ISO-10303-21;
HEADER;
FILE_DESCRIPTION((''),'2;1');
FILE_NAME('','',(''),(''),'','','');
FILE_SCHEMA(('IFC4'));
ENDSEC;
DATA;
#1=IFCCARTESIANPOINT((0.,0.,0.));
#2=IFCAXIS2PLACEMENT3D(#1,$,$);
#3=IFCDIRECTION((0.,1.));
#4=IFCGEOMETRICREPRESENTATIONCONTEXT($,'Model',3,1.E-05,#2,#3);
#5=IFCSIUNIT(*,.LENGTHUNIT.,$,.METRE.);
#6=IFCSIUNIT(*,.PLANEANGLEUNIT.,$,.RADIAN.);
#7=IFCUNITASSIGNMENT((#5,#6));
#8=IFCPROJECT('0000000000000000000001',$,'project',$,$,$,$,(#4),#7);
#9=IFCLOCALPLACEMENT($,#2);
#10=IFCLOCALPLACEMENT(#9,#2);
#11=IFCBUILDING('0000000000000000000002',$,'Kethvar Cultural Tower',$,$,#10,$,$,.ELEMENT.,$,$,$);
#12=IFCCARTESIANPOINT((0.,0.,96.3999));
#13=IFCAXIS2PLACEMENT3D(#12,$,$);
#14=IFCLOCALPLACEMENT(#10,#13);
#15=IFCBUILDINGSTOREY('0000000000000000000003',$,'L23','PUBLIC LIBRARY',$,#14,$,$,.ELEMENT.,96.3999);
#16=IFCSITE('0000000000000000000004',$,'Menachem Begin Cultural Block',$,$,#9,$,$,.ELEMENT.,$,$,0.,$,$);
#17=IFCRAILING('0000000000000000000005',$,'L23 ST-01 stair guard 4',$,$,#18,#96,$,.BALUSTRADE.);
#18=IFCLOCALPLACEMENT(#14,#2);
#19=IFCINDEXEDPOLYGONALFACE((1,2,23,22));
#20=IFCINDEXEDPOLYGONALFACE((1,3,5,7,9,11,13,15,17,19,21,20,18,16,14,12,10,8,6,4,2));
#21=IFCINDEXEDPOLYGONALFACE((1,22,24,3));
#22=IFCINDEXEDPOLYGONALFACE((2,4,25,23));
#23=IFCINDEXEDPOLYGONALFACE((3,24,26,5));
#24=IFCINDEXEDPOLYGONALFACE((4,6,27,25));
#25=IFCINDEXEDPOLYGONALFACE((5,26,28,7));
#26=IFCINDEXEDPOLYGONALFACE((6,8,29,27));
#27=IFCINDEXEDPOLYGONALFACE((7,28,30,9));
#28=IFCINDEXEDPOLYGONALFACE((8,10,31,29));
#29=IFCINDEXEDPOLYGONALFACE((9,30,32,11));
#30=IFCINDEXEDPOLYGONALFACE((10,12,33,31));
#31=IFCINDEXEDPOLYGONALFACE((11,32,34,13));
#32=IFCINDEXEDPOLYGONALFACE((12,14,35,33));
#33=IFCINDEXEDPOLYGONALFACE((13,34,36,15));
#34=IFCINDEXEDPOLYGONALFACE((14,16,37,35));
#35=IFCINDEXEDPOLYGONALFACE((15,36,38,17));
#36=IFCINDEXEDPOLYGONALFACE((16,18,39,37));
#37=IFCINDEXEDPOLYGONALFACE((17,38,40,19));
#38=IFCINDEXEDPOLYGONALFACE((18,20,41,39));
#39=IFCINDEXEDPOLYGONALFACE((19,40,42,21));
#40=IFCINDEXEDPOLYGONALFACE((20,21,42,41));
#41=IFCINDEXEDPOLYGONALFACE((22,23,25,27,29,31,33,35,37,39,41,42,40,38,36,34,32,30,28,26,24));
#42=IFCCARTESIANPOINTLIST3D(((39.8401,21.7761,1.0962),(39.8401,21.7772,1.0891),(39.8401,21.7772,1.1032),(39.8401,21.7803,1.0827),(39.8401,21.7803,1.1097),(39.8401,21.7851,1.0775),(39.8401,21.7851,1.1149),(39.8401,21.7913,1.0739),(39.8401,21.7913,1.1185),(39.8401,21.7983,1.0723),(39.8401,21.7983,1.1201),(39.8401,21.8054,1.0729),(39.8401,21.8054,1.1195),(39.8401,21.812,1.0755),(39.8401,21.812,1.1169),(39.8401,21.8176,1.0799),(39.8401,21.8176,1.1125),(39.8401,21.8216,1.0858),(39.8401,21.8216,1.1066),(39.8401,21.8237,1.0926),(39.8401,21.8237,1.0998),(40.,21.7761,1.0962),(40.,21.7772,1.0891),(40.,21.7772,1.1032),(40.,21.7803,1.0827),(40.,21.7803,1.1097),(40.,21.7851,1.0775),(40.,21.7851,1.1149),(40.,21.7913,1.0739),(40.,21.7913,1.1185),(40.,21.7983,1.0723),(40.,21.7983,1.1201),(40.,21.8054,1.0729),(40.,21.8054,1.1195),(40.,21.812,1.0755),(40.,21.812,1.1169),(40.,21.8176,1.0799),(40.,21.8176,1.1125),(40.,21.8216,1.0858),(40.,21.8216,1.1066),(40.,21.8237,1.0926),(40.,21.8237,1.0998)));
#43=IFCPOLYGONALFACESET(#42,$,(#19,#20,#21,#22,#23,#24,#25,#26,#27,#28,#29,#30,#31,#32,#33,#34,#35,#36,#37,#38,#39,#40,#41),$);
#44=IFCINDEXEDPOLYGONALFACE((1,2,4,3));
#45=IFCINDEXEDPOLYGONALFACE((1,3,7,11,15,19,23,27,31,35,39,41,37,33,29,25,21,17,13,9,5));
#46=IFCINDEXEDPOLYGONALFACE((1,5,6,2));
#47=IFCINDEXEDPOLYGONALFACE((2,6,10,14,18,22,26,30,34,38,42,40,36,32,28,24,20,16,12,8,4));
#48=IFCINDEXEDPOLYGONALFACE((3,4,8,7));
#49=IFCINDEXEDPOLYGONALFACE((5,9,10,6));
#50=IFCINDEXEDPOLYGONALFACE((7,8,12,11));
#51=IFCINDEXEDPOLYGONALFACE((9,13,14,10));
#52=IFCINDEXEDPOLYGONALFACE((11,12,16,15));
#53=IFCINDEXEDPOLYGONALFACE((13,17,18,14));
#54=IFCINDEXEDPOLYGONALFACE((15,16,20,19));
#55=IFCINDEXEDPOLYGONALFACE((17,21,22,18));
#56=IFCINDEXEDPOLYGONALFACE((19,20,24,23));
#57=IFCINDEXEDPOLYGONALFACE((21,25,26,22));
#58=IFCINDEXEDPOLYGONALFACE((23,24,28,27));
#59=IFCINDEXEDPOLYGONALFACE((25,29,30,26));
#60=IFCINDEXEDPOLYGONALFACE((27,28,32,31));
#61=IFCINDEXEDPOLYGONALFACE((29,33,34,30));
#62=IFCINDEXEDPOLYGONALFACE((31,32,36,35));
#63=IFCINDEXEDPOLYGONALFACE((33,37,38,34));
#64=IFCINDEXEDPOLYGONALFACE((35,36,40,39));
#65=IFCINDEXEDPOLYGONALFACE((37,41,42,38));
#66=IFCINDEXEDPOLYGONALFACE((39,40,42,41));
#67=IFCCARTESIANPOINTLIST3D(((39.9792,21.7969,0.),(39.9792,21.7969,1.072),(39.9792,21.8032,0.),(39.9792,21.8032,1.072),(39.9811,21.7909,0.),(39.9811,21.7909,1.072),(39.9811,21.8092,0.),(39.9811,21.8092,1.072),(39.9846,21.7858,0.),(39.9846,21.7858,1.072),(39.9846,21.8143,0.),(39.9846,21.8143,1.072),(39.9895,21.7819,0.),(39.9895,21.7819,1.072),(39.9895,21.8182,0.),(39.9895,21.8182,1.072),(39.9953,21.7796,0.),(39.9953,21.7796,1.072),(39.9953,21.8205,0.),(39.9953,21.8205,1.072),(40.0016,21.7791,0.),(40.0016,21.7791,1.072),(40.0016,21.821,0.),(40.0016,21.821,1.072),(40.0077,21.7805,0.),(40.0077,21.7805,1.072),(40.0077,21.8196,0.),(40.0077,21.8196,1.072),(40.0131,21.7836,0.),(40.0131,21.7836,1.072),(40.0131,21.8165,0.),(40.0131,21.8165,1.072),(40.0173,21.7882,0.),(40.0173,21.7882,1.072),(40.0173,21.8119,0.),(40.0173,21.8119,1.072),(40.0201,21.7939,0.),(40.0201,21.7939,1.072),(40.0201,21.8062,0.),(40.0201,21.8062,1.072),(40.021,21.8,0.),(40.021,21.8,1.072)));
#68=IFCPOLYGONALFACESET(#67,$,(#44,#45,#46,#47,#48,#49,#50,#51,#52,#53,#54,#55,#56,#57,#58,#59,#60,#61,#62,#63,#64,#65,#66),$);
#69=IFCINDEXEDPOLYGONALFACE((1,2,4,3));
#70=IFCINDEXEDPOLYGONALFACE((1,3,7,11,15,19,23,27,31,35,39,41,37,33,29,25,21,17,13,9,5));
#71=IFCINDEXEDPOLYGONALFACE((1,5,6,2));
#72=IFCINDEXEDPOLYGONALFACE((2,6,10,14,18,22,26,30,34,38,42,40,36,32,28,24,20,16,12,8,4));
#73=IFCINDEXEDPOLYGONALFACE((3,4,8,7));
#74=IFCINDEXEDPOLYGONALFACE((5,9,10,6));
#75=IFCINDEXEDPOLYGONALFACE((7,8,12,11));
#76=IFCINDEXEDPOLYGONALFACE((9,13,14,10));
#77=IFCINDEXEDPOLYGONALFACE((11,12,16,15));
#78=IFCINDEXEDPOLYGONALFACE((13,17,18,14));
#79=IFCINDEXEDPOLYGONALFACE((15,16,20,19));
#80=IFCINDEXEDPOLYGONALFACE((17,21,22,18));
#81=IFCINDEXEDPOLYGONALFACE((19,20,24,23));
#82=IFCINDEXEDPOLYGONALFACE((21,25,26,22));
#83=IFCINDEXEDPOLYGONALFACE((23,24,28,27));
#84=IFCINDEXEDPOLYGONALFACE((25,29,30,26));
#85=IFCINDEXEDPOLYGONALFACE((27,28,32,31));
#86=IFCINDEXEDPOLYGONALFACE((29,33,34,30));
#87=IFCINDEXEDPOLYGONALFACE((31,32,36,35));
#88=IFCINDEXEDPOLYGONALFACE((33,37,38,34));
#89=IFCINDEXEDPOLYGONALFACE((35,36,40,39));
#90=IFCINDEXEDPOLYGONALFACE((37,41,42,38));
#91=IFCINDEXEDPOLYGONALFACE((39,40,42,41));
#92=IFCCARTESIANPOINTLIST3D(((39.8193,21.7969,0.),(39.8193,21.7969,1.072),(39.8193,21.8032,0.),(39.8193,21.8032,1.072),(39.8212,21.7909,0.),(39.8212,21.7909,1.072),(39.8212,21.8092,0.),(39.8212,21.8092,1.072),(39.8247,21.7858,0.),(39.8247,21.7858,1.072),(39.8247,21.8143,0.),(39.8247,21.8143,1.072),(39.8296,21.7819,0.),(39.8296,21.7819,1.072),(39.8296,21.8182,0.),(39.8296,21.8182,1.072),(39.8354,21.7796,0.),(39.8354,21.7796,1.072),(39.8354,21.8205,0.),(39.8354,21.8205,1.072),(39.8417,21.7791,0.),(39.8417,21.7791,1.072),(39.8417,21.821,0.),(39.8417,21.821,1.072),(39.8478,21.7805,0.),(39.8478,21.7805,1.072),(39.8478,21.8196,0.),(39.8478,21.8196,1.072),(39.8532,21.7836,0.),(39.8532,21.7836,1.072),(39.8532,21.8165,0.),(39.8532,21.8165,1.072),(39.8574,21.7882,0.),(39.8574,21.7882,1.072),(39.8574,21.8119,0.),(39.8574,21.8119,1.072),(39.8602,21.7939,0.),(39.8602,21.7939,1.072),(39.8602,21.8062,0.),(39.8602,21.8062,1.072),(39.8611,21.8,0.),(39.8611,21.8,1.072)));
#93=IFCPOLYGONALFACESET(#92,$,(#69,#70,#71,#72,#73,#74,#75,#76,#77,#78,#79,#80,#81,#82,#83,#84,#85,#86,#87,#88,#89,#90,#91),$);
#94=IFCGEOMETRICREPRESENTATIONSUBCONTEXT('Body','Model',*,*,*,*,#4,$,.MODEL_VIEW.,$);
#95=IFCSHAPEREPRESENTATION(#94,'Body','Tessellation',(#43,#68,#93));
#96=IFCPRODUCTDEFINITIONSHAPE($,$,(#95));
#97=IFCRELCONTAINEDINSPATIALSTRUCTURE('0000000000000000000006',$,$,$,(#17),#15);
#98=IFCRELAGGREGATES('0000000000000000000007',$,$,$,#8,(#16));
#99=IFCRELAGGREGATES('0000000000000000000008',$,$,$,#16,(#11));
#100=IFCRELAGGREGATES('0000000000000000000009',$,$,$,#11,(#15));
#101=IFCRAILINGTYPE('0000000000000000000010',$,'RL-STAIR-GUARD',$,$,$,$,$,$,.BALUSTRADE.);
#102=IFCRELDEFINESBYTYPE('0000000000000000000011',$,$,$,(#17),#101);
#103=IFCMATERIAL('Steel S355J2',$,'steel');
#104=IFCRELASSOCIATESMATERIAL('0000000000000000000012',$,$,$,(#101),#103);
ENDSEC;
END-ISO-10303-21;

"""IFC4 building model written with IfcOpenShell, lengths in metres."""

from ifc_helpers import new_model, si_unit, direction, frame, origin, origin_2d, place, context, subcontext, project, spatial, circle, extrude, material, type_object, element, save


model = new_model("IFC4")

# Units and contexts
model_context = context("Model", 3, precision=1e-05, world=origin(), true_north=direction((0.0, 1.0)))
body_context = subcontext(model_context, "Body", "Model", "MODEL_VIEW")
ifc_project = project(units=[si_unit("LENGTHUNIT", "METRE"), si_unit("PLANEANGLEUNIT", "RADIAN")], contexts=[model_context])

# Site, building, storey
site_placement = place(None, origin())
site = spatial("IfcSite", under=ifc_project, at=site_placement, Name="Menachem Begin Cultural Block", CompositionType="ELEMENT", RefElevation=0.0)
building_placement = place(site_placement, origin())
building = spatial("IfcBuilding", under=site, at=building_placement, Name="Kethvar Cultural Tower", CompositionType="ELEMENT")
storey_placement = place(building_placement, frame((0.0, 0.0, 96.3999)))
storey = spatial("IfcBuildingStorey", under=building, at=storey_placement, Name="L23", Description="PUBLIC LIBRARY", CompositionType="ELEMENT", Elevation=96.3999)

# Shared definitions
ifc_material_1 = material(Name="Steel S355J2", Category="steel")

# Railing
railing_type_1 = type_object("IfcRailingType", Name="RL-STAIR-GUARD", PredefinedType="BALUSTRADE", material=ifc_material_1)
railing_1_placement = place(storey_placement, frame((40.0, 21.8, 0.0)))
element("IfcRailing", 1, at=railing_1_placement, inside=storey, type_object=railing_type_1, Name="L23 ST-01 stair guard 4", PredefinedType="BALUSTRADE", context=body_context, shape_type="SweptSolid", body=[
    extrude(circle(Radius=0.0239, at=origin_2d()), frame((0.0, 0.0, 1.0962), z_axis=(-1.0, 0.0, 0.0), x_axis=(0.0, -1.0, 0.0)), (0.0, 0.0, 1.0), 0.1599),
    extrude(circle(Radius=0.021, at=origin_2d()), origin(), (0.0, 0.0, 1.0), 1.072),
    extrude(circle(Radius=0.021, at=origin_2d()), frame((-0.1599, 0.0, 0.0)), (0.0, 0.0, 1.0), 1.072),
])

save(model, "model.ifc")
